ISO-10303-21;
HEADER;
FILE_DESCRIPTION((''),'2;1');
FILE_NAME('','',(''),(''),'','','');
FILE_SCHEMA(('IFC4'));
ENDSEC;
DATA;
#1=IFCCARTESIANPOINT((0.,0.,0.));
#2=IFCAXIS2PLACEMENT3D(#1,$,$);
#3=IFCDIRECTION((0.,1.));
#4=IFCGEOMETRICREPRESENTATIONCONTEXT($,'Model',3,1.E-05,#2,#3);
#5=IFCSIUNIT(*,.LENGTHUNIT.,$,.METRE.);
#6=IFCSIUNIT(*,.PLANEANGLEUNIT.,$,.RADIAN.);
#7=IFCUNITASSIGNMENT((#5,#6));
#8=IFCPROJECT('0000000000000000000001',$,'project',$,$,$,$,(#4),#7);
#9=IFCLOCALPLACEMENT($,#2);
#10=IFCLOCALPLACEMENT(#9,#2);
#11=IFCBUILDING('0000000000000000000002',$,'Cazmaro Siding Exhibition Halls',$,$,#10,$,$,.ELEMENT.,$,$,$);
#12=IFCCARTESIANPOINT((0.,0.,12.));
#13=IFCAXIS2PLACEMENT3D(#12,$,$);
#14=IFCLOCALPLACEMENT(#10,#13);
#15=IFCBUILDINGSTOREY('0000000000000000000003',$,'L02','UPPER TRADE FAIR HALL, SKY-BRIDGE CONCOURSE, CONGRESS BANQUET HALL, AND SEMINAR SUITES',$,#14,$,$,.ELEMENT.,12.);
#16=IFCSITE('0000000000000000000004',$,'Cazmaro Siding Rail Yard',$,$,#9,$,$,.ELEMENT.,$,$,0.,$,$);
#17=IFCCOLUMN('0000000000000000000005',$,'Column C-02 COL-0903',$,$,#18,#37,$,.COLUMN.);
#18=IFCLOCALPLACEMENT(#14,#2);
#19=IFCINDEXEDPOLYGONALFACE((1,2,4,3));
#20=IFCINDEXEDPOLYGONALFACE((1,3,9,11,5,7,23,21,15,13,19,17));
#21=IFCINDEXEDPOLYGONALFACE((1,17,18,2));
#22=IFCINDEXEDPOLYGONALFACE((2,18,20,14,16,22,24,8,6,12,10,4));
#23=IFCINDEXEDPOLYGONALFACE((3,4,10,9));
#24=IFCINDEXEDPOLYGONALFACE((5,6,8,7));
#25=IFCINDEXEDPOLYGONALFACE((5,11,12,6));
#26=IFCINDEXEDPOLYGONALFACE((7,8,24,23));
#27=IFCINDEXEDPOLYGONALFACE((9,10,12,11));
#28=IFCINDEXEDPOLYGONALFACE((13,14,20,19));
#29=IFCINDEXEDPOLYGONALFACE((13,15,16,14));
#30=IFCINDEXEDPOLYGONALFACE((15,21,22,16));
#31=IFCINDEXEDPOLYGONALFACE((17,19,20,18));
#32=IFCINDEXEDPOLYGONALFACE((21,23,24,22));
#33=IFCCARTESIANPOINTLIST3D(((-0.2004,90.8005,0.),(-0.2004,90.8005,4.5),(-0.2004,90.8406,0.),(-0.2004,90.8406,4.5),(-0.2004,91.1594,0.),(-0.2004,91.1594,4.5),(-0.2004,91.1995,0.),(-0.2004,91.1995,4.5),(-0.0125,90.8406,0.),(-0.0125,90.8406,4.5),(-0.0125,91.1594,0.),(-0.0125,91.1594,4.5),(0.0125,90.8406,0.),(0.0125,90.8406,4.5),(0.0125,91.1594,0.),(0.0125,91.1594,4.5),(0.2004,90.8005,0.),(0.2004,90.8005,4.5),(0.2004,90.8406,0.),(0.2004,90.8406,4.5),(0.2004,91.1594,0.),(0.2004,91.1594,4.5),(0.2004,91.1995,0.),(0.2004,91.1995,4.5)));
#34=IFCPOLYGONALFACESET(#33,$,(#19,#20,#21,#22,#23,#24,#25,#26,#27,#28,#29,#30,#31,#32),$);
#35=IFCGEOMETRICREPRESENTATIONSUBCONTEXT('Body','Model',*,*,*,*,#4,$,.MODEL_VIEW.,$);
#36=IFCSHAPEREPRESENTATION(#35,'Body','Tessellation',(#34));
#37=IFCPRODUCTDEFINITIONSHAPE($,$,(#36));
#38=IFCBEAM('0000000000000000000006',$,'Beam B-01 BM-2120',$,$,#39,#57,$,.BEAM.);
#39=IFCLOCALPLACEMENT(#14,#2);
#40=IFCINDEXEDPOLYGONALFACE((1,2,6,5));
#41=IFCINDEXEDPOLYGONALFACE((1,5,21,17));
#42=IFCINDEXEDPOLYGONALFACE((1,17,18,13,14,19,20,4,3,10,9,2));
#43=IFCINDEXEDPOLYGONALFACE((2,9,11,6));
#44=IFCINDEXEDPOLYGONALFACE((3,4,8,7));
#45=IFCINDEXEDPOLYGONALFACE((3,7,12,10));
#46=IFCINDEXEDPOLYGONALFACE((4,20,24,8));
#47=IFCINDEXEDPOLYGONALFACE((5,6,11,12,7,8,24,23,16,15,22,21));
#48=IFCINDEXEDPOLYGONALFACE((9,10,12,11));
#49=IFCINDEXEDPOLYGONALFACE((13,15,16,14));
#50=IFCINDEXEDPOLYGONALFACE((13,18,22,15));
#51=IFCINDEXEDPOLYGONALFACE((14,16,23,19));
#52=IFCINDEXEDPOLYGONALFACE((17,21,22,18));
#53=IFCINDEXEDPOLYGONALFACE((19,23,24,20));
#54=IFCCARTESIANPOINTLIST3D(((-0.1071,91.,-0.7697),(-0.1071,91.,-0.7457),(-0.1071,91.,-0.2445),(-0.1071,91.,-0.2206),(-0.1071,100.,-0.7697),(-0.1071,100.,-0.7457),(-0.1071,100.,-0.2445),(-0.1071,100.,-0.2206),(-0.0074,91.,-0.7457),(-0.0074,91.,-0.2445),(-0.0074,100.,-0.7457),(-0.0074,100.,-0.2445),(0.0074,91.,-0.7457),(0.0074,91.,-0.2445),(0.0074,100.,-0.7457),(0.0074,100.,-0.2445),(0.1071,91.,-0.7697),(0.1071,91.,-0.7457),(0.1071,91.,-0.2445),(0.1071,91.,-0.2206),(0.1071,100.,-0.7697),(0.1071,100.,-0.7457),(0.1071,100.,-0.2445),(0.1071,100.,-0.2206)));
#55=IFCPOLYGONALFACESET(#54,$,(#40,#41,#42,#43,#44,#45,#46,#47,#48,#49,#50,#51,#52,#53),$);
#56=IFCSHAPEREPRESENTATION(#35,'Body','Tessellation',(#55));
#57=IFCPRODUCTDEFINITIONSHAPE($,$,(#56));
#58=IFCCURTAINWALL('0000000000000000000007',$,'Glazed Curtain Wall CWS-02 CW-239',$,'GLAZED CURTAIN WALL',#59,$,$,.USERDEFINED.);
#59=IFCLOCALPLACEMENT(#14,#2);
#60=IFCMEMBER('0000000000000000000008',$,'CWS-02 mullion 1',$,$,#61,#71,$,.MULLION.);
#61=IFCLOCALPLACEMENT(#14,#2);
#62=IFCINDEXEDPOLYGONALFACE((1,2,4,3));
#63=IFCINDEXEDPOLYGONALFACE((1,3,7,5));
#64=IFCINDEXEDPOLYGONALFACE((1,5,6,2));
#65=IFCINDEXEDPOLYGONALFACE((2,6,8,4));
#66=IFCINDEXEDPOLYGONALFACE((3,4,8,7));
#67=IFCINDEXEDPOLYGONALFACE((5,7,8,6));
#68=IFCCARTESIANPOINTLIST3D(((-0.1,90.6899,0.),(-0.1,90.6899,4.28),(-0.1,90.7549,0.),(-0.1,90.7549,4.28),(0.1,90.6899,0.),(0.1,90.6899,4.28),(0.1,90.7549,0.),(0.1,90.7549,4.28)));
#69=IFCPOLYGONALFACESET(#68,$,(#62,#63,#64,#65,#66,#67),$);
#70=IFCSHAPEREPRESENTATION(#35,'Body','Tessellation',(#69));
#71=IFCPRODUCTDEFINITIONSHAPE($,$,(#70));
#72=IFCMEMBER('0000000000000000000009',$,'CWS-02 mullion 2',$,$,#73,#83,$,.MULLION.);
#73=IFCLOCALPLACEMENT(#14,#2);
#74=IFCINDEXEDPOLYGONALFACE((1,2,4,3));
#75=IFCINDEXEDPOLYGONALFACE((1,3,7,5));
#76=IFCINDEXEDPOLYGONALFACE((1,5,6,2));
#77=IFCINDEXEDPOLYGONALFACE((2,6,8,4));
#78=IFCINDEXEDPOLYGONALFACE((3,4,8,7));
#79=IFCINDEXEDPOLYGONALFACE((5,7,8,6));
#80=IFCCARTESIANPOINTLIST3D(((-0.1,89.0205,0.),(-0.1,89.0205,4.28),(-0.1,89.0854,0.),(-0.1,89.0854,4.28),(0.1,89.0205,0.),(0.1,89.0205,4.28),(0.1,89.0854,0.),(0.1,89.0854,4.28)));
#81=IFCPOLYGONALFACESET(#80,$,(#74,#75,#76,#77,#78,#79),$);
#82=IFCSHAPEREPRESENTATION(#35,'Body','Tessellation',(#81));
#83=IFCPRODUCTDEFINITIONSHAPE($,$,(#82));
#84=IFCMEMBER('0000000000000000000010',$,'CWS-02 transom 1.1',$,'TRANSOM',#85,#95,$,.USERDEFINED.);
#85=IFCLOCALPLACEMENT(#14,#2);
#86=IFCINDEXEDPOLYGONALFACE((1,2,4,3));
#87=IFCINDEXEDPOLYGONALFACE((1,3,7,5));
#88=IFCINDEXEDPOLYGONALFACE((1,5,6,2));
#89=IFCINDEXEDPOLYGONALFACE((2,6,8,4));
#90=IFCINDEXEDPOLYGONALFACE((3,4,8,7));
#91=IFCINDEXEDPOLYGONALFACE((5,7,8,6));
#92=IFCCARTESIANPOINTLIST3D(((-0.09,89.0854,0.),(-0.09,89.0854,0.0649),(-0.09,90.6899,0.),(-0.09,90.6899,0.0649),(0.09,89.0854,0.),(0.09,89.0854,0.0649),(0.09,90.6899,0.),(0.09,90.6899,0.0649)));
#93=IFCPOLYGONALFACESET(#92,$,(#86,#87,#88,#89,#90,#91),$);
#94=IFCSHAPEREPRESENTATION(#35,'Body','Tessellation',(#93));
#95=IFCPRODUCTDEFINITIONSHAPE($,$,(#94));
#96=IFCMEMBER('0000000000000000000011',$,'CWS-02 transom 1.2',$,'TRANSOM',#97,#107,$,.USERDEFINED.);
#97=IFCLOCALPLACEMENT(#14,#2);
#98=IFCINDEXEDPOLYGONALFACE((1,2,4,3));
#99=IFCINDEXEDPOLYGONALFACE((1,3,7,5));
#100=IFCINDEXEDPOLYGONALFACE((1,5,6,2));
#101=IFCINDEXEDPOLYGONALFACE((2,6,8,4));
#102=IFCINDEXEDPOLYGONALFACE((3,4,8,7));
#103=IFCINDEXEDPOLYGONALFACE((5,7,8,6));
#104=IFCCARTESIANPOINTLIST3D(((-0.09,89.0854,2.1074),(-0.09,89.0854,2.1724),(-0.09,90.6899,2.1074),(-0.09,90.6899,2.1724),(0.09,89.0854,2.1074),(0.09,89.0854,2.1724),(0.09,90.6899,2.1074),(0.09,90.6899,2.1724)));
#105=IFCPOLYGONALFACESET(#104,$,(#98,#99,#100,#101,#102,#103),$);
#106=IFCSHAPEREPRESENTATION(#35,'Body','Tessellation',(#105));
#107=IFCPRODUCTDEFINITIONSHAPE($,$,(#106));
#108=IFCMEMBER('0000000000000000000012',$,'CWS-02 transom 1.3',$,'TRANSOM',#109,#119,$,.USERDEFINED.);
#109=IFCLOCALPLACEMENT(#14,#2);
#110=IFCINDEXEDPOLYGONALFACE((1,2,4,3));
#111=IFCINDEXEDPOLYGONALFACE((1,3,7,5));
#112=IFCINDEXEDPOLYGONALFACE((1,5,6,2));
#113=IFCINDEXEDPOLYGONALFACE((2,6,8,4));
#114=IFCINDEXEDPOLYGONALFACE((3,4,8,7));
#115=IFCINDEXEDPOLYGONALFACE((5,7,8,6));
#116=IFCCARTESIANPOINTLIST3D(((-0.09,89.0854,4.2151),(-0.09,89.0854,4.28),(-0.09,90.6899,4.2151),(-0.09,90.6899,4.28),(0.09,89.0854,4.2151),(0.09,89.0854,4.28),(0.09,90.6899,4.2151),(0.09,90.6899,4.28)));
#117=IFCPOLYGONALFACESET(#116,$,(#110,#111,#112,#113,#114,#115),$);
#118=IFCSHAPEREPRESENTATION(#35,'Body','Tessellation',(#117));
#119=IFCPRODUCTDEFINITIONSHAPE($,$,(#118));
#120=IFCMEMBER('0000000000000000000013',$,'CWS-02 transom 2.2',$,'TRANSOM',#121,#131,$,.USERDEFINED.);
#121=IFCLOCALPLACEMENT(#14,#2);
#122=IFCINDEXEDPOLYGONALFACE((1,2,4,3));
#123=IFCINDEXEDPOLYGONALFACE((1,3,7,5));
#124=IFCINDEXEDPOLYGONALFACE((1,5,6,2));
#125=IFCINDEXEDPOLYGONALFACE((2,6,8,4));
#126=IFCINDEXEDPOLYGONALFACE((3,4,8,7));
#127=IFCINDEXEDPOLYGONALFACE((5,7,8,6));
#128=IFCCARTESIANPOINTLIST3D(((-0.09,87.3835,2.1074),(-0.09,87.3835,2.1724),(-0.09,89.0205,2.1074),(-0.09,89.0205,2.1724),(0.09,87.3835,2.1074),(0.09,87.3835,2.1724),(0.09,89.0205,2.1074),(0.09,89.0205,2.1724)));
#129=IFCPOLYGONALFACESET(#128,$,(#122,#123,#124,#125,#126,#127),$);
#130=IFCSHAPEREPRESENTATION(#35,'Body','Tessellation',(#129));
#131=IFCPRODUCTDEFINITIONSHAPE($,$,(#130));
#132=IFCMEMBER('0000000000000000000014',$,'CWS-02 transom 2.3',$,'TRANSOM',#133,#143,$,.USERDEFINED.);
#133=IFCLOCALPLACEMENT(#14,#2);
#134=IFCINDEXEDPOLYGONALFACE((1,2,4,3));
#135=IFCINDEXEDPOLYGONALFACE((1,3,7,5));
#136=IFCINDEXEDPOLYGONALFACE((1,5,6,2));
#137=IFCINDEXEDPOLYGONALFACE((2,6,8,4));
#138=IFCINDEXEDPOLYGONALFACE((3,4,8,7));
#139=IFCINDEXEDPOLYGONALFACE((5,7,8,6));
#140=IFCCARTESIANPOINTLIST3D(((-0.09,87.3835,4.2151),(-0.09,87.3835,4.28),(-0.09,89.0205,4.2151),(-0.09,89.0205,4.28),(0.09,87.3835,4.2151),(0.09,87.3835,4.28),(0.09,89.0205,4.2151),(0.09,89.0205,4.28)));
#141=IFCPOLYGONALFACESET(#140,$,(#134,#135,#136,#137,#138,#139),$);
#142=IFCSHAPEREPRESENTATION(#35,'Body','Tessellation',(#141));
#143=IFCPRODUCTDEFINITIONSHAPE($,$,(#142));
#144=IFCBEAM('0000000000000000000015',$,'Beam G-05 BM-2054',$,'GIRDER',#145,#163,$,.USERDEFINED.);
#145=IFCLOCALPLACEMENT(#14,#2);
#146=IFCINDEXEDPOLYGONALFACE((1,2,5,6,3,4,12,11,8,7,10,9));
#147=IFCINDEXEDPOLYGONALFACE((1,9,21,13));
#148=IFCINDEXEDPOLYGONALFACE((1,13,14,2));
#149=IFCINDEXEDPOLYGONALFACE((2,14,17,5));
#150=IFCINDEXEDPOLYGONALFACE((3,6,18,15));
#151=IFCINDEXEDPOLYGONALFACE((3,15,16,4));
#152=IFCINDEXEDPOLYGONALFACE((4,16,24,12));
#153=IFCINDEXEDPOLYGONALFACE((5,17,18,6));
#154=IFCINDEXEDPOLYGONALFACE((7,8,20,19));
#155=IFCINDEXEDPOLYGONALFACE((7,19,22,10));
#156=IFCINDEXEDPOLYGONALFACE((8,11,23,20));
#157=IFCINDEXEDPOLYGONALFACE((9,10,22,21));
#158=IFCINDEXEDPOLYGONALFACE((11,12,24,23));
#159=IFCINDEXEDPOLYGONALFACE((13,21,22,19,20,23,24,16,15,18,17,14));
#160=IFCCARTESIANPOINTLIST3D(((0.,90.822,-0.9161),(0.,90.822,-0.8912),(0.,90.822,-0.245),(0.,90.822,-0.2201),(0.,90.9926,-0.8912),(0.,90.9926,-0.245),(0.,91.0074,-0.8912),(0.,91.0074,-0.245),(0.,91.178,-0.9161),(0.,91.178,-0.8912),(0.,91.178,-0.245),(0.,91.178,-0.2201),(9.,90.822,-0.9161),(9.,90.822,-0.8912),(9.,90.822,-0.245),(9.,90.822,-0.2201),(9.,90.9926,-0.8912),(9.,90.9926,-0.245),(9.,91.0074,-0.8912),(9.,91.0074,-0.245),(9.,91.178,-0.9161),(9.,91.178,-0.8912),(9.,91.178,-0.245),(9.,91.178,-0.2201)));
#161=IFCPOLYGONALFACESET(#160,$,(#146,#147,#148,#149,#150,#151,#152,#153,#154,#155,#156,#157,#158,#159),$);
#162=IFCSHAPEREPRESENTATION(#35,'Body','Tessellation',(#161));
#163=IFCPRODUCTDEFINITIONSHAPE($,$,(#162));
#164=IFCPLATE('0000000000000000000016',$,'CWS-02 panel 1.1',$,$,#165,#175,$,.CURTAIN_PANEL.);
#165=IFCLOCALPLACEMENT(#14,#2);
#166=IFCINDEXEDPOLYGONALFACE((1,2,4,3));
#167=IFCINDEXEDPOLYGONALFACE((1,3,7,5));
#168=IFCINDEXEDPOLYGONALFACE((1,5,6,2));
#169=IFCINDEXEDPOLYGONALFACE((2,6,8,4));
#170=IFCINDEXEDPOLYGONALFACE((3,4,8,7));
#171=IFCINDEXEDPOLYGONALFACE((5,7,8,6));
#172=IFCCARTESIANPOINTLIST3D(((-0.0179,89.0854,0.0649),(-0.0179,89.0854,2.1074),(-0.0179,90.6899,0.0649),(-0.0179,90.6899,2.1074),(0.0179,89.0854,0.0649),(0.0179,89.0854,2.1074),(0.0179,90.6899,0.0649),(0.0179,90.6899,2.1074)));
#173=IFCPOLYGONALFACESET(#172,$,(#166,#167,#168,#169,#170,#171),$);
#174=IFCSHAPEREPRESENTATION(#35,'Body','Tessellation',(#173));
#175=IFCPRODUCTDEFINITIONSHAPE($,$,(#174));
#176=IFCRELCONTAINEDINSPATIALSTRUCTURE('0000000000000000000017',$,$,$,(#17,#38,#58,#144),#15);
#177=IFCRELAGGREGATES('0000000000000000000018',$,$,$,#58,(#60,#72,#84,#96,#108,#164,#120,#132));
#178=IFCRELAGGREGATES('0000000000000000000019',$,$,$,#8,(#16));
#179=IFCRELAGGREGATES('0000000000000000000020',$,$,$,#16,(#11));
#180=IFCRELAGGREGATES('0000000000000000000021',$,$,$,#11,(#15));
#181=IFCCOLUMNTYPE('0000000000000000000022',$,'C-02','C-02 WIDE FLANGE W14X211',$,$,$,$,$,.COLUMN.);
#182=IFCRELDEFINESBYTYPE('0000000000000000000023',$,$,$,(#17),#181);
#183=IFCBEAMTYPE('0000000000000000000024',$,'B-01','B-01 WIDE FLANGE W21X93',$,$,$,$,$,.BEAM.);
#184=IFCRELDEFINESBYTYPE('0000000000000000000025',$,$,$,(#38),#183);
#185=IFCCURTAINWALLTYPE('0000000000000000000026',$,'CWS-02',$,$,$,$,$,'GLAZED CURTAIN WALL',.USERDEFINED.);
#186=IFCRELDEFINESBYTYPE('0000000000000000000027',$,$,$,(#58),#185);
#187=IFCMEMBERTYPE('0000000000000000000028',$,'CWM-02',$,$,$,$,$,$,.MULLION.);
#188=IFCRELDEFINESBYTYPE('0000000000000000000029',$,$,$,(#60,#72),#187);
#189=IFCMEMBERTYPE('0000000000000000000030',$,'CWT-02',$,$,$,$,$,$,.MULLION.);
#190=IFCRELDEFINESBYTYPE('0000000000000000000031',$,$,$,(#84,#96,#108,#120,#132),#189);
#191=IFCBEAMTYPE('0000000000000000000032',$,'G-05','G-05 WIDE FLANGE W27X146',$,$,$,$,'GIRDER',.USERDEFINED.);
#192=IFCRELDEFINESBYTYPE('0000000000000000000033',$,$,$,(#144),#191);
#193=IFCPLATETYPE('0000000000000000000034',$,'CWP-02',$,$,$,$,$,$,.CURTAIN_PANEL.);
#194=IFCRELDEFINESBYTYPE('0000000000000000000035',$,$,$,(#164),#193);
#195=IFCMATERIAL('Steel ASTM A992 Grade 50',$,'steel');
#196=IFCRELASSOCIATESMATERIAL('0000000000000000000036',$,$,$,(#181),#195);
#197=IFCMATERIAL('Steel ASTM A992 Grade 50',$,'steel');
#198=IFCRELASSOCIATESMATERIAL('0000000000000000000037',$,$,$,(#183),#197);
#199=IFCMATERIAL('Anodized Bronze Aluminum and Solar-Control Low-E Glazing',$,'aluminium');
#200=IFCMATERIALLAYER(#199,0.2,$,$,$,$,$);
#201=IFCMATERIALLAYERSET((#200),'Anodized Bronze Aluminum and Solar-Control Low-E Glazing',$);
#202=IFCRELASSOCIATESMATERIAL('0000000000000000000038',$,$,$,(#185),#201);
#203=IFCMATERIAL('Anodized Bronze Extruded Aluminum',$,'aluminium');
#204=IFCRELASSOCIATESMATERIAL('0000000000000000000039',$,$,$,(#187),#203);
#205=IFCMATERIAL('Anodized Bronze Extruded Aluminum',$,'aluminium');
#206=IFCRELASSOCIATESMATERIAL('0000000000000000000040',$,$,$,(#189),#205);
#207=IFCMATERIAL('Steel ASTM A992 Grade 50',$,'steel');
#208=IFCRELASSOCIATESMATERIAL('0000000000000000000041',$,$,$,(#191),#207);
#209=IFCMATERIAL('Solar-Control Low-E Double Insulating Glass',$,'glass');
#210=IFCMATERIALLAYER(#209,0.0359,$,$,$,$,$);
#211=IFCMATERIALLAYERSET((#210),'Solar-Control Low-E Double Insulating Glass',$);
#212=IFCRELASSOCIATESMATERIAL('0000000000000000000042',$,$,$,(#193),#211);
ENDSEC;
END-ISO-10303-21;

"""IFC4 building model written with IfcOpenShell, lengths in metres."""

from ifc_helpers import new_model, si_unit, direction, frame, origin, origin_2d, place, context, subcontext, project, spatial, rectangle, i_section, extrude, material, layer, layer_set, material_profile, profile_set, type_object, element, aggregate, save


model = new_model("IFC4")

# Units and contexts
model_context = context("Model", 3, precision=1e-05, world=origin(), true_north=direction((0.0, 1.0)))
body_context = subcontext(model_context, "Body", "Model", "MODEL_VIEW")
ifc_project = project(units=[si_unit("LENGTHUNIT", "METRE"), si_unit("PLANEANGLEUNIT", "RADIAN")], contexts=[model_context])

# Site, building, storey
site_placement = place(None, origin())
site = spatial("IfcSite", under=ifc_project, at=site_placement, Name="Cazmaro Siding Rail Yard", CompositionType="ELEMENT", RefElevation=0.0)
building_placement = place(site_placement, origin())
building = spatial("IfcBuilding", under=site, at=building_placement, Name="Cazmaro Siding Exhibition Halls", CompositionType="ELEMENT")
storey_placement = place(building_placement, frame((0.0, 0.0, 12.0)))
storey = spatial("IfcBuildingStorey", under=building, at=storey_placement, Name="L02", Description="UPPER TRADE FAIR HALL, SKY-BRIDGE CONCOURSE, CONGRESS BANQUET HALL, AND SEMINAR SUITES", CompositionType="ELEMENT", Elevation=12.0)

# Column
ifc_material_1 = material(Name="Steel ASTM A992 Grade 50", Category="steel")
ifc_material_profile_1 = material_profile(ifc_material_1, i_section(OverallWidth=0.4009, OverallDepth=0.3989, WebThickness=0.0249, FlangeThickness=0.04, at=origin_2d()), Name="W14X211")
ifc_profile_set_1 = profile_set([ifc_material_profile_1], Name="Steel ASTM A992 Grade 50")
column_type = type_object("IfcColumnType", Name="C-02", Description="C-02 WIDE FLANGE W14X211", PredefinedType="COLUMN", material=ifc_profile_set_1)
column_placement = place(storey_placement, frame((0.0, 91.0, 0.0), z_axis=(0.0, 0.0, 1.0), x_axis=(1.0, 0.0, 0.0)))
element("IfcColumn", 1, at=column_placement, inside=storey, type_object=column_type, Name="Column C-02 COL-0903", PredefinedType="COLUMN", context=body_context, shape_type="SweptSolid", body=[
    extrude(i_section(OverallWidth=0.4009, OverallDepth=0.3989, WebThickness=0.0249, FlangeThickness=0.04, at=origin_2d()), origin(), (0.0, 0.0, 1.0), 4.5),
])

# Beam
ifc_material_2 = material(Name="Steel ASTM A992 Grade 50", Category="steel")
ifc_material_profile_2 = material_profile(ifc_material_2, i_section(OverallWidth=0.2141, OverallDepth=0.5491, WebThickness=0.0149, FlangeThickness=0.0239, at=origin_2d()), Name="W21X93")
ifc_profile_set_2 = profile_set([ifc_material_profile_2], Name="Steel ASTM A992 Grade 50")
beam_type_1 = type_object("IfcBeamType", Name="B-01", Description="B-01 WIDE FLANGE W21X93", PredefinedType="BEAM", material=ifc_profile_set_2)
beam_1_placement = place(storey_placement, frame((0.0, 91.0, -0.4951), z_axis=(0.0, 1.0, 0.0), x_axis=(-1.0, 0.0, 0.0)))
element("IfcBeam", 2, at=beam_1_placement, inside=storey, type_object=beam_type_1, Name="Beam B-01 BM-2120", PredefinedType="BEAM", context=body_context, shape_type="SweptSolid", body=[
    extrude(i_section(OverallWidth=0.2141, OverallDepth=0.5491, WebThickness=0.0149, FlangeThickness=0.0239, at=origin_2d()), origin(), (0.0, 0.0, 1.0), 9.0),
])

# Curtain wall, members
ifc_material_3 = material(Name="Anodized Bronze Aluminum and Solar-Control Low-E Glazing", Category="aluminium")
ifc_layer_1 = layer(ifc_material_3, 0.2)
ifc_layer_set_1 = layer_set([ifc_layer_1], Name="Anodized Bronze Aluminum and Solar-Control Low-E Glazing")
curtain_wall_type = type_object("IfcCurtainWallType", Name="CWS-02", ElementType="GLAZED CURTAIN WALL", PredefinedType="USERDEFINED", material=ifc_layer_set_1)
curtain_wall_placement = place(storey_placement, origin())
curtain_wall = element("IfcCurtainWall", 3, at=curtain_wall_placement, inside=storey, type_object=curtain_wall_type, Name="Glazed Curtain Wall CWS-02 CW-239", ObjectType="GLAZED CURTAIN WALL", PredefinedType="USERDEFINED")
ifc_material_4 = material(Name="Anodized Bronze Extruded Aluminum", Category="aluminium")
ifc_material_profile_3 = material_profile(ifc_material_4, rectangle(XDim=0.2, YDim=0.0649, at=origin_2d()), Name="CWM-02")
ifc_profile_set_3 = profile_set([ifc_material_profile_3], Name="Anodized Bronze Extruded Aluminum")
member_type_1 = type_object("IfcMemberType", Name="CWM-02", PredefinedType="MULLION", material=ifc_profile_set_3)
member_1_placement = place(storey_placement, frame((0.0, 90.7224, 0.0), z_axis=(0.0, 0.0, 1.0), x_axis=(1.0, 0.0, 0.0)))
member_1 = element("IfcMember", 4, at=member_1_placement, type_object=member_type_1, Name="CWS-02 mullion 1", PredefinedType="MULLION", context=body_context, shape_type="SweptSolid", body=[
    extrude(rectangle(XDim=0.2, YDim=0.0649, at=origin_2d()), origin(), (0.0, 0.0, 1.0), 4.28),
])
member_2_placement = place(storey_placement, frame((0.0, 89.053, 0.0), z_axis=(0.0, 0.0, 1.0), x_axis=(1.0, 0.0, 0.0)))
member_2 = element("IfcMember", 5, at=member_2_placement, type_object=member_type_1, Name="CWS-02 mullion 2", PredefinedType="MULLION", context=body_context, shape_type="SweptSolid", body=[
    extrude(rectangle(XDim=0.2, YDim=0.0649, at=origin_2d()), origin(), (0.0, 0.0, 1.0), 4.28),
])
ifc_material_5 = material(Name="Anodized Bronze Extruded Aluminum", Category="aluminium")
ifc_material_profile_4 = material_profile(ifc_material_5, rectangle(XDim=0.1799, YDim=0.0649, at=origin_2d()), Name="CWT-02")
ifc_profile_set_4 = profile_set([ifc_material_profile_4], Name="Anodized Bronze Extruded Aluminum")
member_type_2 = type_object("IfcMemberType", Name="CWT-02", PredefinedType="MULLION", material=ifc_profile_set_4)
member_3_placement = place(storey_placement, frame((0.0, 90.6899, 0.0325), z_axis=(0.0, -1.0, 0.0), x_axis=(1.0, 0.0, 0.0)))
member_3 = element("IfcMember", 6, at=member_3_placement, type_object=member_type_2, Name="CWS-02 transom 1.1", ObjectType="TRANSOM", PredefinedType="USERDEFINED", context=body_context, shape_type="SweptSolid", body=[
    extrude(rectangle(XDim=0.1799, YDim=0.0649, at=origin_2d()), origin(), (0.0, 0.0, 1.0), 1.6045),
])
member_4_placement = place(storey_placement, frame((0.0, 90.6899, 2.1399), z_axis=(0.0, -1.0, 0.0), x_axis=(1.0, 0.0, 0.0)))
member_4 = element("IfcMember", 7, at=member_4_placement, type_object=member_type_2, Name="CWS-02 transom 1.2", ObjectType="TRANSOM", PredefinedType="USERDEFINED", context=body_context, shape_type="SweptSolid", body=[
    extrude(rectangle(XDim=0.1799, YDim=0.0649, at=origin_2d()), origin(), (0.0, 0.0, 1.0), 1.6045),
])
member_5_placement = place(storey_placement, frame((0.0, 90.6899, 4.2476), z_axis=(0.0, -1.0, 0.0), x_axis=(1.0, 0.0, 0.0)))
member_5 = element("IfcMember", 8, at=member_5_placement, type_object=member_type_2, Name="CWS-02 transom 1.3", ObjectType="TRANSOM", PredefinedType="USERDEFINED", context=body_context, shape_type="SweptSolid", body=[
    extrude(rectangle(XDim=0.1799, YDim=0.0649, at=origin_2d()), origin(), (0.0, 0.0, 1.0), 1.6045),
])
member_6_placement = place(storey_placement, frame((0.0, 89.0205, 2.1399), z_axis=(0.0, -1.0, 0.0), x_axis=(1.0, 0.0, 0.0)))
member_6 = element("IfcMember", 9, at=member_6_placement, type_object=member_type_2, Name="CWS-02 transom 2.2", ObjectType="TRANSOM", PredefinedType="USERDEFINED", context=body_context, shape_type="SweptSolid", body=[
    extrude(rectangle(XDim=0.1799, YDim=0.0649, at=origin_2d()), origin(), (0.0, 0.0, 1.0), 1.637),
])
member_7_placement = place(storey_placement, frame((0.0, 89.0205, 4.2476), z_axis=(0.0, -1.0, 0.0), x_axis=(1.0, 0.0, 0.0)))
member_7 = element("IfcMember", 10, at=member_7_placement, type_object=member_type_2, Name="CWS-02 transom 2.3", ObjectType="TRANSOM", PredefinedType="USERDEFINED", context=body_context, shape_type="SweptSolid", body=[
    extrude(rectangle(XDim=0.1799, YDim=0.0649, at=origin_2d()), origin(), (0.0, 0.0, 1.0), 1.637),
])

# Beam
ifc_material_6 = material(Name="Steel ASTM A992 Grade 50", Category="steel")
ifc_material_profile_5 = material_profile(ifc_material_6, i_section(OverallWidth=0.356, OverallDepth=0.696, WebThickness=0.0149, FlangeThickness=0.0249, at=origin_2d()), Name="W27X146")
ifc_profile_set_5 = profile_set([ifc_material_profile_5], Name="Steel ASTM A992 Grade 50")
beam_type_2 = type_object("IfcBeamType", Name="G-05", Description="G-05 WIDE FLANGE W27X146", ElementType="GIRDER", PredefinedType="USERDEFINED", material=ifc_profile_set_5)
beam_2_placement = place(storey_placement, frame((0.0, 91.0, -0.5681), z_axis=(1.0, 0.0, 0.0), x_axis=(0.0, 1.0, 0.0)))
element("IfcBeam", 11, at=beam_2_placement, inside=storey, type_object=beam_type_2, Name="Beam G-05 BM-2054", ObjectType="GIRDER", PredefinedType="USERDEFINED", context=body_context, shape_type="SweptSolid", body=[
    extrude(i_section(OverallWidth=0.356, OverallDepth=0.696, WebThickness=0.0149, FlangeThickness=0.0249, at=origin_2d()), origin(), (0.0, 0.0, 1.0), 9.0),
])

# Plate
ifc_material_7 = material(Name="Solar-Control Low-E Double Insulating Glass", Category="glass")
ifc_layer_2 = layer(ifc_material_7, 0.0359)
ifc_layer_set_2 = layer_set([ifc_layer_2], Name="Solar-Control Low-E Double Insulating Glass")
plate_type = type_object("IfcPlateType", Name="CWP-02", PredefinedType="CURTAIN_PANEL", material=ifc_layer_set_2)
plate_1_placement = place(storey_placement, frame((0.0, 89.8877, 0.0649), z_axis=(0.0, 0.0, 1.0), x_axis=(0.0, -1.0, 0.0)))
plate_1 = element("IfcPlate", 12, at=plate_1_placement, type_object=plate_type, Name="CWS-02 panel 1.1", PredefinedType="CURTAIN_PANEL", context=body_context, shape_type="SweptSolid", body=[
    extrude(rectangle(XDim=1.6045, YDim=0.0359, at=origin_2d()), origin(), (0.0, 0.0, 1.0), 2.0425),
])
aggregate(curtain_wall, [member_1, member_2, member_3, member_4, member_5, plate_1, member_6, member_7])

save(model, "model.ifc")
